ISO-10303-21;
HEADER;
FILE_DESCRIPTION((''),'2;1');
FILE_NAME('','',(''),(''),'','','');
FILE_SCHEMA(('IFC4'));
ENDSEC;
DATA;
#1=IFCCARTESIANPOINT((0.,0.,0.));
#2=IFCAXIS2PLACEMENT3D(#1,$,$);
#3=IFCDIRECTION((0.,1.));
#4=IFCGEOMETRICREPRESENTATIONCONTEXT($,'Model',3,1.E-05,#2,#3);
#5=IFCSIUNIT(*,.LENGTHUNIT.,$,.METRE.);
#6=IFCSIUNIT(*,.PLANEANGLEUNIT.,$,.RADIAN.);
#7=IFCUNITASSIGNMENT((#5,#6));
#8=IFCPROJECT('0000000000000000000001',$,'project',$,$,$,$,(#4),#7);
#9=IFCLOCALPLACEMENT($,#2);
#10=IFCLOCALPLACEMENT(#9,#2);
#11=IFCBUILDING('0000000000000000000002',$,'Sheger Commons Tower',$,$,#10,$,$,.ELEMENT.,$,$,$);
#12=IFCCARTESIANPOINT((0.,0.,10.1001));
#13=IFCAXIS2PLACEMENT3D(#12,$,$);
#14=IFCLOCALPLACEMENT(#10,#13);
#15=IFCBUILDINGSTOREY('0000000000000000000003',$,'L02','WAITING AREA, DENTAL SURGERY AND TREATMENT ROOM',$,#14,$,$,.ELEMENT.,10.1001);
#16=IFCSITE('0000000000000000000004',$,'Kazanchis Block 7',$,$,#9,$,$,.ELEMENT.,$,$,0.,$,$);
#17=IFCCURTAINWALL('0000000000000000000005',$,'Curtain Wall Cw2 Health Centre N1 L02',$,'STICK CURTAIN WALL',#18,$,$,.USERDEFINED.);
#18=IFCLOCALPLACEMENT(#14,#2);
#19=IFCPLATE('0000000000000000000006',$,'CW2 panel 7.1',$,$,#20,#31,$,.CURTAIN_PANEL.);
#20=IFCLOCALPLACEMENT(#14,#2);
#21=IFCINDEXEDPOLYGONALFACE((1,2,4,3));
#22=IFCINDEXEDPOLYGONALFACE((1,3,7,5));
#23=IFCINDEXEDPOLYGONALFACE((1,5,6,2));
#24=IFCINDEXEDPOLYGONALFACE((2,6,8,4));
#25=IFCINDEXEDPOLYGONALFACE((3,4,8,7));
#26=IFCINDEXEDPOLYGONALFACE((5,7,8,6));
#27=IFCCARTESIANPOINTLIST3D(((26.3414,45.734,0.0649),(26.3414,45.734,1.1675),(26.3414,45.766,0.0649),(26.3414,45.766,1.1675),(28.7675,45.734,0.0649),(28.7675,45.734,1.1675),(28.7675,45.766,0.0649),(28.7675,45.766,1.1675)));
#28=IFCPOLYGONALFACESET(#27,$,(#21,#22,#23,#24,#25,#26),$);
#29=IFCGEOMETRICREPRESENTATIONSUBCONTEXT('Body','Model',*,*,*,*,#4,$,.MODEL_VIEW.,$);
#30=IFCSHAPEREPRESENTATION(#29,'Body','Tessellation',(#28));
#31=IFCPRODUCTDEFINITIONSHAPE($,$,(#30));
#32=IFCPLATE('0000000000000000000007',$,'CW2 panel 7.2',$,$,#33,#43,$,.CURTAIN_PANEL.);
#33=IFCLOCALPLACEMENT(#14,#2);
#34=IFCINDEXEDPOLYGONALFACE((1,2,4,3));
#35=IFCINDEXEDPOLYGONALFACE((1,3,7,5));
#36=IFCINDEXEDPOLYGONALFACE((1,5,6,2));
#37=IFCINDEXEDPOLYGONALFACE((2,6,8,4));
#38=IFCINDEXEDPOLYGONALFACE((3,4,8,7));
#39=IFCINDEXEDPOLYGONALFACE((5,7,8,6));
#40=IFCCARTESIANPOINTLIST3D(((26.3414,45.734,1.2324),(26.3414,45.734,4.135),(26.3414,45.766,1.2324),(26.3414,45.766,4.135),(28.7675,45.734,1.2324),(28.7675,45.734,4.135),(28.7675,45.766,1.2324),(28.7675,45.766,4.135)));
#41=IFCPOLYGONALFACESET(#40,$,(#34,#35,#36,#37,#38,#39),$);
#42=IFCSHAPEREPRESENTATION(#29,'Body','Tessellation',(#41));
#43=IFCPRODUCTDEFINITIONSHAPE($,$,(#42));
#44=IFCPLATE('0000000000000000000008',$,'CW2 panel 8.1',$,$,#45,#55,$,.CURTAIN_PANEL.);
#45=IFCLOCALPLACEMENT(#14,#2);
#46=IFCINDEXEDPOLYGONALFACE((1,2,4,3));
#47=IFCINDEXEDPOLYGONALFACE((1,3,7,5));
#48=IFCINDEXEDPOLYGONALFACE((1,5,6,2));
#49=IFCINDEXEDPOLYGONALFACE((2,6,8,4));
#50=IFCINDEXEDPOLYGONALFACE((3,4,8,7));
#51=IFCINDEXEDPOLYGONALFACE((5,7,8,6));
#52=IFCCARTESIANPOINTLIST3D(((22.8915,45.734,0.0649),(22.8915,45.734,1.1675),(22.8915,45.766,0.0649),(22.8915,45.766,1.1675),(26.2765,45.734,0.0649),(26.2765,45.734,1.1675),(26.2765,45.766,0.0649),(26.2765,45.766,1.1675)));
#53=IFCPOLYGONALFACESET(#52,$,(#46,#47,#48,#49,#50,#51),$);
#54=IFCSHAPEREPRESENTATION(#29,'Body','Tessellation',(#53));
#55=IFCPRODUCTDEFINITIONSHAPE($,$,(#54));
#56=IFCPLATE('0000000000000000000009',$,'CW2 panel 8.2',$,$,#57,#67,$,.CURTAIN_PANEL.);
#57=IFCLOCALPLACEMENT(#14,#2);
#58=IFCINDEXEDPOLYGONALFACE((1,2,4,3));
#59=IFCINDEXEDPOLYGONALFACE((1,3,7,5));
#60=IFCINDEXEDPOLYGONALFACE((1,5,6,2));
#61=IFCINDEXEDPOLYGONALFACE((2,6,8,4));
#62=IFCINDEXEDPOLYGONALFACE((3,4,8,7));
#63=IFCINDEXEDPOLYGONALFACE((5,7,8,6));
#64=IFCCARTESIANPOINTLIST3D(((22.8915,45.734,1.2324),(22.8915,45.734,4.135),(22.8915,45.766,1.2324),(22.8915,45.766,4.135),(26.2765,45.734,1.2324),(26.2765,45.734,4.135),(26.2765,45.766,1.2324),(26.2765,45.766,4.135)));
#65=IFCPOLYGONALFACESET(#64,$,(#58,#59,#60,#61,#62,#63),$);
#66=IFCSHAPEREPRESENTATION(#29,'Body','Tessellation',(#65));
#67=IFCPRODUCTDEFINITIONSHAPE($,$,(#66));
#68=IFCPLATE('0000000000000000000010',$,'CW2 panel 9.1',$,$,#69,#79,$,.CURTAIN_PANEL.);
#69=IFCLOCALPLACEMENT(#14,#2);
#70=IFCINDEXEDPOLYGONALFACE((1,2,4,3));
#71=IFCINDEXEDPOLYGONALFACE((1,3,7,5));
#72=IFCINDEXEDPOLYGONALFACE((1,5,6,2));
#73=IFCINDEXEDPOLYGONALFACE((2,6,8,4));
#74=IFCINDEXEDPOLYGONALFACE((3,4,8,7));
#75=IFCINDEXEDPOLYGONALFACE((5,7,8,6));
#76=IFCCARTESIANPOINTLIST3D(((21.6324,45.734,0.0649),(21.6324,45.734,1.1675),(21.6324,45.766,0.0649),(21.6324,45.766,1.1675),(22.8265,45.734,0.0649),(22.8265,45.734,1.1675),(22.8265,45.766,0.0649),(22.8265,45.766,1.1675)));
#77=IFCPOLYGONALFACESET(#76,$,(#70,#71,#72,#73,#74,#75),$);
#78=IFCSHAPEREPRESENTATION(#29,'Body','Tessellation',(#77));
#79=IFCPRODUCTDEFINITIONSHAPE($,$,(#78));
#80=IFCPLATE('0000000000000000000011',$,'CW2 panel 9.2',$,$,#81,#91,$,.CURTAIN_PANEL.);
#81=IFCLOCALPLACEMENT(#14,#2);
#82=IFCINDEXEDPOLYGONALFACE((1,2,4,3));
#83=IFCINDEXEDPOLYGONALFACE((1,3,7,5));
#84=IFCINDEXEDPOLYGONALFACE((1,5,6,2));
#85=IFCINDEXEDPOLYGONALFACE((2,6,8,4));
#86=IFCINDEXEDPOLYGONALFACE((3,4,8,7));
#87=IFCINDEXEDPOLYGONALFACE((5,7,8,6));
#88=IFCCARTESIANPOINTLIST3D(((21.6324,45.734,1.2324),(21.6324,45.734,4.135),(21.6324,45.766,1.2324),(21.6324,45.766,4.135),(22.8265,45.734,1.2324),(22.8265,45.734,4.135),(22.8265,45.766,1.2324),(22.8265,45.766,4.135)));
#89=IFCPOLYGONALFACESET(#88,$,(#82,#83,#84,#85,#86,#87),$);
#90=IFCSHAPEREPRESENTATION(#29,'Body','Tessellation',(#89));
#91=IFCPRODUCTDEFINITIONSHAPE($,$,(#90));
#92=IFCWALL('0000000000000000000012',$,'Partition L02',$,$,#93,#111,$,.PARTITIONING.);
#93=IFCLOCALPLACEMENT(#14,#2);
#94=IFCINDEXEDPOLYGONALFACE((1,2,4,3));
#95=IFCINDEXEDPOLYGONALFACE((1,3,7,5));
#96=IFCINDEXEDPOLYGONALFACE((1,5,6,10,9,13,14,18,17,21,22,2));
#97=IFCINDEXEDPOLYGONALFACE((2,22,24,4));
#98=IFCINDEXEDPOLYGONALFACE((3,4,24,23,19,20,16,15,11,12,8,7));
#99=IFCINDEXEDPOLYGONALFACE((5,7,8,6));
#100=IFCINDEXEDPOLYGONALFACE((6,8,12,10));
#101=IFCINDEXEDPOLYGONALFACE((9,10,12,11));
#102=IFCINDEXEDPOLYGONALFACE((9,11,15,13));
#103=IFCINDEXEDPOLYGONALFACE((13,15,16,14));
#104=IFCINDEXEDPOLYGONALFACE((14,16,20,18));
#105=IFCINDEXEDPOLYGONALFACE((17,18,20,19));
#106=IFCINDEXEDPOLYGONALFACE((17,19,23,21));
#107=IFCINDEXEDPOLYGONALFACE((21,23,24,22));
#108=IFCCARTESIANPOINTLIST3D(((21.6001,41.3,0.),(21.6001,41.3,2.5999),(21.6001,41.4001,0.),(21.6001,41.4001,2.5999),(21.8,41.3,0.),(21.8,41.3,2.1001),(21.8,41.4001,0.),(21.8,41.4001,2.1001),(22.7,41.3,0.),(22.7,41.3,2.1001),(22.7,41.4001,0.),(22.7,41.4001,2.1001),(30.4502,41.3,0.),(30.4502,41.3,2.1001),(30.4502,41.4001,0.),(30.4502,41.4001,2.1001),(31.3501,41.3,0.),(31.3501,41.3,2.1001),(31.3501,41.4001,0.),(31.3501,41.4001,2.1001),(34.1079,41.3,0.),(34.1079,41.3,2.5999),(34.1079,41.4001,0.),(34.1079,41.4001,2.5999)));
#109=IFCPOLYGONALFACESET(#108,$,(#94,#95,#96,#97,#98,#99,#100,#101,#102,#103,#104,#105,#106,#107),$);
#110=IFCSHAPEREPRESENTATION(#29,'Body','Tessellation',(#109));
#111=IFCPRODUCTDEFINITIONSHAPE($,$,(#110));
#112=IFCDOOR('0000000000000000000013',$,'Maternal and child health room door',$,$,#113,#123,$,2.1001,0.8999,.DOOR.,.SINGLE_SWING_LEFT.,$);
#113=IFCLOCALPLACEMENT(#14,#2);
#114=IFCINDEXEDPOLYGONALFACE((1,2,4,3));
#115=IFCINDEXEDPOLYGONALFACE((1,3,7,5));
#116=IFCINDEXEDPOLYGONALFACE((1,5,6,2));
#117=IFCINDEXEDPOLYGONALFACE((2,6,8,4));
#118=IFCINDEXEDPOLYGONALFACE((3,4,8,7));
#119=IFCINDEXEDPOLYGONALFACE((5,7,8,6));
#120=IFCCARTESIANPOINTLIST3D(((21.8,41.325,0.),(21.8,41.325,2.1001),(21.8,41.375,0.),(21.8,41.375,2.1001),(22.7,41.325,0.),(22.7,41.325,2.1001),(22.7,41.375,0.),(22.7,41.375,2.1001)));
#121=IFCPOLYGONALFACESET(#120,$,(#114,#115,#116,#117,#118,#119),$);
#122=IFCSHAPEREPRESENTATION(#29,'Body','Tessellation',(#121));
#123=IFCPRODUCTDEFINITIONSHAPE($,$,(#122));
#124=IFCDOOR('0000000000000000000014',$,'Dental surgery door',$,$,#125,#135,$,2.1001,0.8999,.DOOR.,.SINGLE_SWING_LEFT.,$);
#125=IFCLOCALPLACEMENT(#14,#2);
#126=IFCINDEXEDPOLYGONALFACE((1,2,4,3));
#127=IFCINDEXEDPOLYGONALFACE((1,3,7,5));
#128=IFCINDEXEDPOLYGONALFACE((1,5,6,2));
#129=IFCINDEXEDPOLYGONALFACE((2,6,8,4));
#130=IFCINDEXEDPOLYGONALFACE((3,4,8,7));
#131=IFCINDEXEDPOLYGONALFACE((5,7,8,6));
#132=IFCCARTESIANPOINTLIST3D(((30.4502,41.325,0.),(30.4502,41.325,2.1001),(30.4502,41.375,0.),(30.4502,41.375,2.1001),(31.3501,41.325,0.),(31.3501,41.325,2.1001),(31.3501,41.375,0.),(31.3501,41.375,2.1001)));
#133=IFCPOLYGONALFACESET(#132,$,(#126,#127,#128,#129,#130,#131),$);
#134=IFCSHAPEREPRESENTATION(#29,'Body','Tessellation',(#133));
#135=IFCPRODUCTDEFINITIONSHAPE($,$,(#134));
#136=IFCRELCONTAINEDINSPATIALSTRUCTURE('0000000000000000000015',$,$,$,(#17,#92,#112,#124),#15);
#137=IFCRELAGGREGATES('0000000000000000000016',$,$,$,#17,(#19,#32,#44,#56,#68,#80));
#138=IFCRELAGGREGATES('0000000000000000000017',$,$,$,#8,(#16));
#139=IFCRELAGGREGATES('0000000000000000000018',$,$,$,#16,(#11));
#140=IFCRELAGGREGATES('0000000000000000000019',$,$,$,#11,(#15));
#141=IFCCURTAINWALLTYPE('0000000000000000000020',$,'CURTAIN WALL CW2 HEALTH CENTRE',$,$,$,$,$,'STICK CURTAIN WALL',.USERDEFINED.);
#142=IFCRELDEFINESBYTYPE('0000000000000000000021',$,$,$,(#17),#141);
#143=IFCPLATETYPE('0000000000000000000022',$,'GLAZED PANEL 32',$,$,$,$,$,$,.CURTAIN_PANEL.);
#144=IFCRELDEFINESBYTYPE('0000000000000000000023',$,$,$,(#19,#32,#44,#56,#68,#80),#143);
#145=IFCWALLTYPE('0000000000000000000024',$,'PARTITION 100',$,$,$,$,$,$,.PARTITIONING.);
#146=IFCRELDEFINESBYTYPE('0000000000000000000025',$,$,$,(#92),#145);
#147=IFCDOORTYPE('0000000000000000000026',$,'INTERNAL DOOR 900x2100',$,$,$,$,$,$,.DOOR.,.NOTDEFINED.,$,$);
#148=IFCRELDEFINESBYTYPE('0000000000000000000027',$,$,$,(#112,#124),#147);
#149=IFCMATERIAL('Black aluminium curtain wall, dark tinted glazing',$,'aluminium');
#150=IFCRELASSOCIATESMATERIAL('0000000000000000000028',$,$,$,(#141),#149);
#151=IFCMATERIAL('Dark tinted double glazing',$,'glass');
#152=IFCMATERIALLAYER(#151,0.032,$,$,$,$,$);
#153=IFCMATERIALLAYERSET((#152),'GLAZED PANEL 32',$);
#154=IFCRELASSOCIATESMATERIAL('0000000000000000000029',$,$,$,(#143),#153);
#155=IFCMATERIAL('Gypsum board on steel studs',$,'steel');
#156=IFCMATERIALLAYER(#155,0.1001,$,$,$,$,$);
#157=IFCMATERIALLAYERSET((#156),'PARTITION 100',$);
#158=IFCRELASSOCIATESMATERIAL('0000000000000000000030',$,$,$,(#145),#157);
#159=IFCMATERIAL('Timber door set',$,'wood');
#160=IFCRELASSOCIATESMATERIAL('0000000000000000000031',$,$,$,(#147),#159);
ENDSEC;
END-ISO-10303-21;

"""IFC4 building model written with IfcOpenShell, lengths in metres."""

from ifc_helpers import new_model, si_unit, direction, frame, frame_2d, origin, origin_2d, place, context, subcontext, project, spatial, rectangle, extrude, material, layer, layer_set, type_object, element, fill, aggregate, save


model = new_model("IFC4")

# Units and contexts
model_context = context("Model", 3, precision=1e-05, world=origin(), true_north=direction((0.0, 1.0)))
body_context = subcontext(model_context, "Body", "Model", "MODEL_VIEW")
ifc_project = project(units=[si_unit("LENGTHUNIT", "METRE"), si_unit("PLANEANGLEUNIT", "RADIAN")], contexts=[model_context])

# Site, building, storey
site_placement = place(None, origin())
site = spatial("IfcSite", under=ifc_project, at=site_placement, Name="Kazanchis Block 7", CompositionType="ELEMENT", RefElevation=0.0)
building_placement = place(site_placement, origin())
building = spatial("IfcBuilding", under=site, at=building_placement, Name="Sheger Commons Tower", CompositionType="ELEMENT")
storey_placement = place(building_placement, frame((0.0, 0.0, 10.1001)))
storey = spatial("IfcBuildingStorey", under=building, at=storey_placement, Name="L02", Description="WAITING AREA, DENTAL SURGERY AND TREATMENT ROOM", CompositionType="ELEMENT", Elevation=10.1001)

# Curtain wall, plates
ifc_material_1 = material(Name="Black aluminium curtain wall, dark tinted glazing", Category="aluminium")
curtain_wall_type = type_object("IfcCurtainWallType", Name="CURTAIN WALL CW2 HEALTH CENTRE", ElementType="STICK CURTAIN WALL", PredefinedType="USERDEFINED", material=ifc_material_1)
curtain_wall_placement = place(storey_placement, origin())
curtain_wall = element("IfcCurtainWall", 1, at=curtain_wall_placement, inside=storey, type_object=curtain_wall_type, Name="Curtain Wall Cw2 Health Centre N1 L02", ObjectType="STICK CURTAIN WALL", PredefinedType="USERDEFINED")
ifc_material_2 = material(Name="Dark tinted double glazing", Category="glass")
ifc_layer_1 = layer(ifc_material_2, 0.032)
ifc_layer_set_1 = layer_set([ifc_layer_1], Name="GLAZED PANEL 32")
plate_type = type_object("IfcPlateType", Name="GLAZED PANEL 32", PredefinedType="CURTAIN_PANEL", material=ifc_layer_set_1)
plate_1_placement = place(storey_placement, frame((27.5544, 45.75, 0.0649), z_axis=(0.0, 0.0, 1.0), x_axis=(-1.0, 0.0, 0.0)))
plate_1 = element("IfcPlate", 2, at=plate_1_placement, type_object=plate_type, Name="CW2 panel 7.1", PredefinedType="CURTAIN_PANEL", context=body_context, shape_type="SweptSolid", body=[
    extrude(rectangle(XDim=2.426, YDim=0.032, at=origin_2d()), origin(), (0.0, 0.0, 1.0), 1.1025),
])
plate_2_placement = place(storey_placement, frame((27.5544, 45.75, 1.2324), z_axis=(0.0, 0.0, 1.0), x_axis=(-1.0, 0.0, 0.0)))
plate_2 = element("IfcPlate", 3, at=plate_2_placement, type_object=plate_type, Name="CW2 panel 7.2", PredefinedType="CURTAIN_PANEL", context=body_context, shape_type="SweptSolid", body=[
    extrude(rectangle(XDim=2.426, YDim=0.032, at=origin_2d()), origin(), (0.0, 0.0, 1.0), 2.9026),
])
plate_3_placement = place(storey_placement, frame((24.584, 45.75, 0.0649), z_axis=(0.0, 0.0, 1.0), x_axis=(-1.0, 0.0, 0.0)))
plate_3 = element("IfcPlate", 4, at=plate_3_placement, type_object=plate_type, Name="CW2 panel 8.1", PredefinedType="CURTAIN_PANEL", context=body_context, shape_type="SweptSolid", body=[
    extrude(rectangle(XDim=3.385, YDim=0.032, at=origin_2d()), origin(), (0.0, 0.0, 1.0), 1.1025),
])
plate_4_placement = place(storey_placement, frame((24.584, 45.75, 1.2324), z_axis=(0.0, 0.0, 1.0), x_axis=(-1.0, 0.0, 0.0)))
plate_4 = element("IfcPlate", 5, at=plate_4_placement, type_object=plate_type, Name="CW2 panel 8.2", PredefinedType="CURTAIN_PANEL", context=body_context, shape_type="SweptSolid", body=[
    extrude(rectangle(XDim=3.385, YDim=0.032, at=origin_2d()), origin(), (0.0, 0.0, 1.0), 2.9026),
])
plate_5_placement = place(storey_placement, frame((22.2295, 45.75, 0.0649), z_axis=(0.0, 0.0, 1.0), x_axis=(-1.0, 0.0, 0.0)))
plate_5 = element("IfcPlate", 6, at=plate_5_placement, type_object=plate_type, Name="CW2 panel 9.1", PredefinedType="CURTAIN_PANEL", context=body_context, shape_type="SweptSolid", body=[
    extrude(rectangle(XDim=1.1941, YDim=0.032, at=origin_2d()), origin(), (0.0, 0.0, 1.0), 1.1025),
])
plate_6_placement = place(storey_placement, frame((22.2295, 45.75, 1.2324), z_axis=(0.0, 0.0, 1.0), x_axis=(-1.0, 0.0, 0.0)))
plate_6 = element("IfcPlate", 7, at=plate_6_placement, type_object=plate_type, Name="CW2 panel 9.2", PredefinedType="CURTAIN_PANEL", context=body_context, shape_type="SweptSolid", body=[
    extrude(rectangle(XDim=1.1941, YDim=0.032, at=origin_2d()), origin(), (0.0, 0.0, 1.0), 2.9026),
])
aggregate(curtain_wall, [plate_1, plate_2, plate_3, plate_4, plate_5, plate_6])

# Wall, openings, doors
ifc_material_3 = material(Name="Gypsum board on steel studs", Category="steel")
ifc_layer_2 = layer(ifc_material_3, 0.1001)
ifc_layer_set_2 = layer_set([ifc_layer_2], Name="PARTITION 100")
wall_type = type_object("IfcWallType", Name="PARTITION 100", PredefinedType="PARTITIONING", material=ifc_layer_set_2)
wall_1_placement = place(storey_placement, frame((21.6001, 41.3501, 0.0), z_axis=(0.0, 0.0, 1.0), x_axis=(1.0, 0.0, 0.0)))
wall_1 = element("IfcWall", 8, at=wall_1_placement, inside=storey, type_object=wall_type, Name="Partition L02", PredefinedType="PARTITIONING", context=body_context, shape_type="SweptSolid", body=[
    extrude(rectangle(XDim=12.5078, YDim=0.1001, at=frame_2d((6.2539, 0.0))), origin(), (0.0, 0.0, 1.0), 2.5999),
])
opening_1_placement = place(wall_1_placement, frame((0.2, 0.0, 0.0)))
opening_1 = element("IfcOpeningElement", 9, at=opening_1_placement, cuts=wall_1, PredefinedType="OPENING", context=body_context, shape_type="SweptSolid", body=[
    extrude(rectangle(XDim=0.8999, YDim=2.1001, at=frame_2d((0.45, 1.05))), frame((0.0, 0.0601, 0.0), z_axis=(0.0, -1.0, 0.0), x_axis=(1.0, 0.0, 0.0)), (0.0, 0.0, 1.0), 0.1201),
])
opening_2_placement = place(wall_1_placement, frame((8.8501, 0.0, 0.0)))
opening_2 = element("IfcOpeningElement", 10, at=opening_2_placement, cuts=wall_1, PredefinedType="OPENING", context=body_context, shape_type="SweptSolid", body=[
    extrude(rectangle(XDim=0.8999, YDim=2.1001, at=frame_2d((0.45, 1.05))), frame((0.0, 0.0601, 0.0), z_axis=(0.0, -1.0, 0.0), x_axis=(1.0, 0.0, 0.0)), (0.0, 0.0, 1.0), 0.1201),
])
ifc_material_4 = material(Name="Timber door set", Category="wood")
door_type = type_object("IfcDoorType", Name="INTERNAL DOOR 900x2100", OperationType="NOTDEFINED", PredefinedType="DOOR", material=ifc_material_4)
door_1_placement = place(opening_1_placement, origin())
door_1 = element("IfcDoor", 11, at=door_1_placement, inside=storey, type_object=door_type, Name="Maternal and child health room door", OperationType="SINGLE_SWING_LEFT", OverallHeight=2.1001, OverallWidth=0.8999, PredefinedType="DOOR", context=body_context, shape_type="SweptSolid", body=[
    extrude(rectangle(XDim=0.8999, YDim=2.1001, at=frame_2d((0.45, 1.05))), frame((0.0, 0.0249, 0.0), z_axis=(0.0, -1.0, 0.0), x_axis=(1.0, 0.0, 0.0)), (0.0, 0.0, 1.0), 0.05),
])
fill(opening_1, door_1)
door_2_placement = place(opening_2_placement, origin())
door_2 = element("IfcDoor", 12, at=door_2_placement, inside=storey, type_object=door_type, Name="Dental surgery door", OperationType="SINGLE_SWING_LEFT", OverallHeight=2.1001, OverallWidth=0.8999, PredefinedType="DOOR", context=body_context, shape_type="SweptSolid", body=[
    extrude(rectangle(XDim=0.8999, YDim=2.1001, at=frame_2d((0.45, 1.05))), frame((0.0, 0.0249, 0.0), z_axis=(0.0, -1.0, 0.0), x_axis=(1.0, 0.0, 0.0)), (0.0, 0.0, 1.0), 0.05),
])
fill(opening_2, door_2)

save(model, "model.ifc")
